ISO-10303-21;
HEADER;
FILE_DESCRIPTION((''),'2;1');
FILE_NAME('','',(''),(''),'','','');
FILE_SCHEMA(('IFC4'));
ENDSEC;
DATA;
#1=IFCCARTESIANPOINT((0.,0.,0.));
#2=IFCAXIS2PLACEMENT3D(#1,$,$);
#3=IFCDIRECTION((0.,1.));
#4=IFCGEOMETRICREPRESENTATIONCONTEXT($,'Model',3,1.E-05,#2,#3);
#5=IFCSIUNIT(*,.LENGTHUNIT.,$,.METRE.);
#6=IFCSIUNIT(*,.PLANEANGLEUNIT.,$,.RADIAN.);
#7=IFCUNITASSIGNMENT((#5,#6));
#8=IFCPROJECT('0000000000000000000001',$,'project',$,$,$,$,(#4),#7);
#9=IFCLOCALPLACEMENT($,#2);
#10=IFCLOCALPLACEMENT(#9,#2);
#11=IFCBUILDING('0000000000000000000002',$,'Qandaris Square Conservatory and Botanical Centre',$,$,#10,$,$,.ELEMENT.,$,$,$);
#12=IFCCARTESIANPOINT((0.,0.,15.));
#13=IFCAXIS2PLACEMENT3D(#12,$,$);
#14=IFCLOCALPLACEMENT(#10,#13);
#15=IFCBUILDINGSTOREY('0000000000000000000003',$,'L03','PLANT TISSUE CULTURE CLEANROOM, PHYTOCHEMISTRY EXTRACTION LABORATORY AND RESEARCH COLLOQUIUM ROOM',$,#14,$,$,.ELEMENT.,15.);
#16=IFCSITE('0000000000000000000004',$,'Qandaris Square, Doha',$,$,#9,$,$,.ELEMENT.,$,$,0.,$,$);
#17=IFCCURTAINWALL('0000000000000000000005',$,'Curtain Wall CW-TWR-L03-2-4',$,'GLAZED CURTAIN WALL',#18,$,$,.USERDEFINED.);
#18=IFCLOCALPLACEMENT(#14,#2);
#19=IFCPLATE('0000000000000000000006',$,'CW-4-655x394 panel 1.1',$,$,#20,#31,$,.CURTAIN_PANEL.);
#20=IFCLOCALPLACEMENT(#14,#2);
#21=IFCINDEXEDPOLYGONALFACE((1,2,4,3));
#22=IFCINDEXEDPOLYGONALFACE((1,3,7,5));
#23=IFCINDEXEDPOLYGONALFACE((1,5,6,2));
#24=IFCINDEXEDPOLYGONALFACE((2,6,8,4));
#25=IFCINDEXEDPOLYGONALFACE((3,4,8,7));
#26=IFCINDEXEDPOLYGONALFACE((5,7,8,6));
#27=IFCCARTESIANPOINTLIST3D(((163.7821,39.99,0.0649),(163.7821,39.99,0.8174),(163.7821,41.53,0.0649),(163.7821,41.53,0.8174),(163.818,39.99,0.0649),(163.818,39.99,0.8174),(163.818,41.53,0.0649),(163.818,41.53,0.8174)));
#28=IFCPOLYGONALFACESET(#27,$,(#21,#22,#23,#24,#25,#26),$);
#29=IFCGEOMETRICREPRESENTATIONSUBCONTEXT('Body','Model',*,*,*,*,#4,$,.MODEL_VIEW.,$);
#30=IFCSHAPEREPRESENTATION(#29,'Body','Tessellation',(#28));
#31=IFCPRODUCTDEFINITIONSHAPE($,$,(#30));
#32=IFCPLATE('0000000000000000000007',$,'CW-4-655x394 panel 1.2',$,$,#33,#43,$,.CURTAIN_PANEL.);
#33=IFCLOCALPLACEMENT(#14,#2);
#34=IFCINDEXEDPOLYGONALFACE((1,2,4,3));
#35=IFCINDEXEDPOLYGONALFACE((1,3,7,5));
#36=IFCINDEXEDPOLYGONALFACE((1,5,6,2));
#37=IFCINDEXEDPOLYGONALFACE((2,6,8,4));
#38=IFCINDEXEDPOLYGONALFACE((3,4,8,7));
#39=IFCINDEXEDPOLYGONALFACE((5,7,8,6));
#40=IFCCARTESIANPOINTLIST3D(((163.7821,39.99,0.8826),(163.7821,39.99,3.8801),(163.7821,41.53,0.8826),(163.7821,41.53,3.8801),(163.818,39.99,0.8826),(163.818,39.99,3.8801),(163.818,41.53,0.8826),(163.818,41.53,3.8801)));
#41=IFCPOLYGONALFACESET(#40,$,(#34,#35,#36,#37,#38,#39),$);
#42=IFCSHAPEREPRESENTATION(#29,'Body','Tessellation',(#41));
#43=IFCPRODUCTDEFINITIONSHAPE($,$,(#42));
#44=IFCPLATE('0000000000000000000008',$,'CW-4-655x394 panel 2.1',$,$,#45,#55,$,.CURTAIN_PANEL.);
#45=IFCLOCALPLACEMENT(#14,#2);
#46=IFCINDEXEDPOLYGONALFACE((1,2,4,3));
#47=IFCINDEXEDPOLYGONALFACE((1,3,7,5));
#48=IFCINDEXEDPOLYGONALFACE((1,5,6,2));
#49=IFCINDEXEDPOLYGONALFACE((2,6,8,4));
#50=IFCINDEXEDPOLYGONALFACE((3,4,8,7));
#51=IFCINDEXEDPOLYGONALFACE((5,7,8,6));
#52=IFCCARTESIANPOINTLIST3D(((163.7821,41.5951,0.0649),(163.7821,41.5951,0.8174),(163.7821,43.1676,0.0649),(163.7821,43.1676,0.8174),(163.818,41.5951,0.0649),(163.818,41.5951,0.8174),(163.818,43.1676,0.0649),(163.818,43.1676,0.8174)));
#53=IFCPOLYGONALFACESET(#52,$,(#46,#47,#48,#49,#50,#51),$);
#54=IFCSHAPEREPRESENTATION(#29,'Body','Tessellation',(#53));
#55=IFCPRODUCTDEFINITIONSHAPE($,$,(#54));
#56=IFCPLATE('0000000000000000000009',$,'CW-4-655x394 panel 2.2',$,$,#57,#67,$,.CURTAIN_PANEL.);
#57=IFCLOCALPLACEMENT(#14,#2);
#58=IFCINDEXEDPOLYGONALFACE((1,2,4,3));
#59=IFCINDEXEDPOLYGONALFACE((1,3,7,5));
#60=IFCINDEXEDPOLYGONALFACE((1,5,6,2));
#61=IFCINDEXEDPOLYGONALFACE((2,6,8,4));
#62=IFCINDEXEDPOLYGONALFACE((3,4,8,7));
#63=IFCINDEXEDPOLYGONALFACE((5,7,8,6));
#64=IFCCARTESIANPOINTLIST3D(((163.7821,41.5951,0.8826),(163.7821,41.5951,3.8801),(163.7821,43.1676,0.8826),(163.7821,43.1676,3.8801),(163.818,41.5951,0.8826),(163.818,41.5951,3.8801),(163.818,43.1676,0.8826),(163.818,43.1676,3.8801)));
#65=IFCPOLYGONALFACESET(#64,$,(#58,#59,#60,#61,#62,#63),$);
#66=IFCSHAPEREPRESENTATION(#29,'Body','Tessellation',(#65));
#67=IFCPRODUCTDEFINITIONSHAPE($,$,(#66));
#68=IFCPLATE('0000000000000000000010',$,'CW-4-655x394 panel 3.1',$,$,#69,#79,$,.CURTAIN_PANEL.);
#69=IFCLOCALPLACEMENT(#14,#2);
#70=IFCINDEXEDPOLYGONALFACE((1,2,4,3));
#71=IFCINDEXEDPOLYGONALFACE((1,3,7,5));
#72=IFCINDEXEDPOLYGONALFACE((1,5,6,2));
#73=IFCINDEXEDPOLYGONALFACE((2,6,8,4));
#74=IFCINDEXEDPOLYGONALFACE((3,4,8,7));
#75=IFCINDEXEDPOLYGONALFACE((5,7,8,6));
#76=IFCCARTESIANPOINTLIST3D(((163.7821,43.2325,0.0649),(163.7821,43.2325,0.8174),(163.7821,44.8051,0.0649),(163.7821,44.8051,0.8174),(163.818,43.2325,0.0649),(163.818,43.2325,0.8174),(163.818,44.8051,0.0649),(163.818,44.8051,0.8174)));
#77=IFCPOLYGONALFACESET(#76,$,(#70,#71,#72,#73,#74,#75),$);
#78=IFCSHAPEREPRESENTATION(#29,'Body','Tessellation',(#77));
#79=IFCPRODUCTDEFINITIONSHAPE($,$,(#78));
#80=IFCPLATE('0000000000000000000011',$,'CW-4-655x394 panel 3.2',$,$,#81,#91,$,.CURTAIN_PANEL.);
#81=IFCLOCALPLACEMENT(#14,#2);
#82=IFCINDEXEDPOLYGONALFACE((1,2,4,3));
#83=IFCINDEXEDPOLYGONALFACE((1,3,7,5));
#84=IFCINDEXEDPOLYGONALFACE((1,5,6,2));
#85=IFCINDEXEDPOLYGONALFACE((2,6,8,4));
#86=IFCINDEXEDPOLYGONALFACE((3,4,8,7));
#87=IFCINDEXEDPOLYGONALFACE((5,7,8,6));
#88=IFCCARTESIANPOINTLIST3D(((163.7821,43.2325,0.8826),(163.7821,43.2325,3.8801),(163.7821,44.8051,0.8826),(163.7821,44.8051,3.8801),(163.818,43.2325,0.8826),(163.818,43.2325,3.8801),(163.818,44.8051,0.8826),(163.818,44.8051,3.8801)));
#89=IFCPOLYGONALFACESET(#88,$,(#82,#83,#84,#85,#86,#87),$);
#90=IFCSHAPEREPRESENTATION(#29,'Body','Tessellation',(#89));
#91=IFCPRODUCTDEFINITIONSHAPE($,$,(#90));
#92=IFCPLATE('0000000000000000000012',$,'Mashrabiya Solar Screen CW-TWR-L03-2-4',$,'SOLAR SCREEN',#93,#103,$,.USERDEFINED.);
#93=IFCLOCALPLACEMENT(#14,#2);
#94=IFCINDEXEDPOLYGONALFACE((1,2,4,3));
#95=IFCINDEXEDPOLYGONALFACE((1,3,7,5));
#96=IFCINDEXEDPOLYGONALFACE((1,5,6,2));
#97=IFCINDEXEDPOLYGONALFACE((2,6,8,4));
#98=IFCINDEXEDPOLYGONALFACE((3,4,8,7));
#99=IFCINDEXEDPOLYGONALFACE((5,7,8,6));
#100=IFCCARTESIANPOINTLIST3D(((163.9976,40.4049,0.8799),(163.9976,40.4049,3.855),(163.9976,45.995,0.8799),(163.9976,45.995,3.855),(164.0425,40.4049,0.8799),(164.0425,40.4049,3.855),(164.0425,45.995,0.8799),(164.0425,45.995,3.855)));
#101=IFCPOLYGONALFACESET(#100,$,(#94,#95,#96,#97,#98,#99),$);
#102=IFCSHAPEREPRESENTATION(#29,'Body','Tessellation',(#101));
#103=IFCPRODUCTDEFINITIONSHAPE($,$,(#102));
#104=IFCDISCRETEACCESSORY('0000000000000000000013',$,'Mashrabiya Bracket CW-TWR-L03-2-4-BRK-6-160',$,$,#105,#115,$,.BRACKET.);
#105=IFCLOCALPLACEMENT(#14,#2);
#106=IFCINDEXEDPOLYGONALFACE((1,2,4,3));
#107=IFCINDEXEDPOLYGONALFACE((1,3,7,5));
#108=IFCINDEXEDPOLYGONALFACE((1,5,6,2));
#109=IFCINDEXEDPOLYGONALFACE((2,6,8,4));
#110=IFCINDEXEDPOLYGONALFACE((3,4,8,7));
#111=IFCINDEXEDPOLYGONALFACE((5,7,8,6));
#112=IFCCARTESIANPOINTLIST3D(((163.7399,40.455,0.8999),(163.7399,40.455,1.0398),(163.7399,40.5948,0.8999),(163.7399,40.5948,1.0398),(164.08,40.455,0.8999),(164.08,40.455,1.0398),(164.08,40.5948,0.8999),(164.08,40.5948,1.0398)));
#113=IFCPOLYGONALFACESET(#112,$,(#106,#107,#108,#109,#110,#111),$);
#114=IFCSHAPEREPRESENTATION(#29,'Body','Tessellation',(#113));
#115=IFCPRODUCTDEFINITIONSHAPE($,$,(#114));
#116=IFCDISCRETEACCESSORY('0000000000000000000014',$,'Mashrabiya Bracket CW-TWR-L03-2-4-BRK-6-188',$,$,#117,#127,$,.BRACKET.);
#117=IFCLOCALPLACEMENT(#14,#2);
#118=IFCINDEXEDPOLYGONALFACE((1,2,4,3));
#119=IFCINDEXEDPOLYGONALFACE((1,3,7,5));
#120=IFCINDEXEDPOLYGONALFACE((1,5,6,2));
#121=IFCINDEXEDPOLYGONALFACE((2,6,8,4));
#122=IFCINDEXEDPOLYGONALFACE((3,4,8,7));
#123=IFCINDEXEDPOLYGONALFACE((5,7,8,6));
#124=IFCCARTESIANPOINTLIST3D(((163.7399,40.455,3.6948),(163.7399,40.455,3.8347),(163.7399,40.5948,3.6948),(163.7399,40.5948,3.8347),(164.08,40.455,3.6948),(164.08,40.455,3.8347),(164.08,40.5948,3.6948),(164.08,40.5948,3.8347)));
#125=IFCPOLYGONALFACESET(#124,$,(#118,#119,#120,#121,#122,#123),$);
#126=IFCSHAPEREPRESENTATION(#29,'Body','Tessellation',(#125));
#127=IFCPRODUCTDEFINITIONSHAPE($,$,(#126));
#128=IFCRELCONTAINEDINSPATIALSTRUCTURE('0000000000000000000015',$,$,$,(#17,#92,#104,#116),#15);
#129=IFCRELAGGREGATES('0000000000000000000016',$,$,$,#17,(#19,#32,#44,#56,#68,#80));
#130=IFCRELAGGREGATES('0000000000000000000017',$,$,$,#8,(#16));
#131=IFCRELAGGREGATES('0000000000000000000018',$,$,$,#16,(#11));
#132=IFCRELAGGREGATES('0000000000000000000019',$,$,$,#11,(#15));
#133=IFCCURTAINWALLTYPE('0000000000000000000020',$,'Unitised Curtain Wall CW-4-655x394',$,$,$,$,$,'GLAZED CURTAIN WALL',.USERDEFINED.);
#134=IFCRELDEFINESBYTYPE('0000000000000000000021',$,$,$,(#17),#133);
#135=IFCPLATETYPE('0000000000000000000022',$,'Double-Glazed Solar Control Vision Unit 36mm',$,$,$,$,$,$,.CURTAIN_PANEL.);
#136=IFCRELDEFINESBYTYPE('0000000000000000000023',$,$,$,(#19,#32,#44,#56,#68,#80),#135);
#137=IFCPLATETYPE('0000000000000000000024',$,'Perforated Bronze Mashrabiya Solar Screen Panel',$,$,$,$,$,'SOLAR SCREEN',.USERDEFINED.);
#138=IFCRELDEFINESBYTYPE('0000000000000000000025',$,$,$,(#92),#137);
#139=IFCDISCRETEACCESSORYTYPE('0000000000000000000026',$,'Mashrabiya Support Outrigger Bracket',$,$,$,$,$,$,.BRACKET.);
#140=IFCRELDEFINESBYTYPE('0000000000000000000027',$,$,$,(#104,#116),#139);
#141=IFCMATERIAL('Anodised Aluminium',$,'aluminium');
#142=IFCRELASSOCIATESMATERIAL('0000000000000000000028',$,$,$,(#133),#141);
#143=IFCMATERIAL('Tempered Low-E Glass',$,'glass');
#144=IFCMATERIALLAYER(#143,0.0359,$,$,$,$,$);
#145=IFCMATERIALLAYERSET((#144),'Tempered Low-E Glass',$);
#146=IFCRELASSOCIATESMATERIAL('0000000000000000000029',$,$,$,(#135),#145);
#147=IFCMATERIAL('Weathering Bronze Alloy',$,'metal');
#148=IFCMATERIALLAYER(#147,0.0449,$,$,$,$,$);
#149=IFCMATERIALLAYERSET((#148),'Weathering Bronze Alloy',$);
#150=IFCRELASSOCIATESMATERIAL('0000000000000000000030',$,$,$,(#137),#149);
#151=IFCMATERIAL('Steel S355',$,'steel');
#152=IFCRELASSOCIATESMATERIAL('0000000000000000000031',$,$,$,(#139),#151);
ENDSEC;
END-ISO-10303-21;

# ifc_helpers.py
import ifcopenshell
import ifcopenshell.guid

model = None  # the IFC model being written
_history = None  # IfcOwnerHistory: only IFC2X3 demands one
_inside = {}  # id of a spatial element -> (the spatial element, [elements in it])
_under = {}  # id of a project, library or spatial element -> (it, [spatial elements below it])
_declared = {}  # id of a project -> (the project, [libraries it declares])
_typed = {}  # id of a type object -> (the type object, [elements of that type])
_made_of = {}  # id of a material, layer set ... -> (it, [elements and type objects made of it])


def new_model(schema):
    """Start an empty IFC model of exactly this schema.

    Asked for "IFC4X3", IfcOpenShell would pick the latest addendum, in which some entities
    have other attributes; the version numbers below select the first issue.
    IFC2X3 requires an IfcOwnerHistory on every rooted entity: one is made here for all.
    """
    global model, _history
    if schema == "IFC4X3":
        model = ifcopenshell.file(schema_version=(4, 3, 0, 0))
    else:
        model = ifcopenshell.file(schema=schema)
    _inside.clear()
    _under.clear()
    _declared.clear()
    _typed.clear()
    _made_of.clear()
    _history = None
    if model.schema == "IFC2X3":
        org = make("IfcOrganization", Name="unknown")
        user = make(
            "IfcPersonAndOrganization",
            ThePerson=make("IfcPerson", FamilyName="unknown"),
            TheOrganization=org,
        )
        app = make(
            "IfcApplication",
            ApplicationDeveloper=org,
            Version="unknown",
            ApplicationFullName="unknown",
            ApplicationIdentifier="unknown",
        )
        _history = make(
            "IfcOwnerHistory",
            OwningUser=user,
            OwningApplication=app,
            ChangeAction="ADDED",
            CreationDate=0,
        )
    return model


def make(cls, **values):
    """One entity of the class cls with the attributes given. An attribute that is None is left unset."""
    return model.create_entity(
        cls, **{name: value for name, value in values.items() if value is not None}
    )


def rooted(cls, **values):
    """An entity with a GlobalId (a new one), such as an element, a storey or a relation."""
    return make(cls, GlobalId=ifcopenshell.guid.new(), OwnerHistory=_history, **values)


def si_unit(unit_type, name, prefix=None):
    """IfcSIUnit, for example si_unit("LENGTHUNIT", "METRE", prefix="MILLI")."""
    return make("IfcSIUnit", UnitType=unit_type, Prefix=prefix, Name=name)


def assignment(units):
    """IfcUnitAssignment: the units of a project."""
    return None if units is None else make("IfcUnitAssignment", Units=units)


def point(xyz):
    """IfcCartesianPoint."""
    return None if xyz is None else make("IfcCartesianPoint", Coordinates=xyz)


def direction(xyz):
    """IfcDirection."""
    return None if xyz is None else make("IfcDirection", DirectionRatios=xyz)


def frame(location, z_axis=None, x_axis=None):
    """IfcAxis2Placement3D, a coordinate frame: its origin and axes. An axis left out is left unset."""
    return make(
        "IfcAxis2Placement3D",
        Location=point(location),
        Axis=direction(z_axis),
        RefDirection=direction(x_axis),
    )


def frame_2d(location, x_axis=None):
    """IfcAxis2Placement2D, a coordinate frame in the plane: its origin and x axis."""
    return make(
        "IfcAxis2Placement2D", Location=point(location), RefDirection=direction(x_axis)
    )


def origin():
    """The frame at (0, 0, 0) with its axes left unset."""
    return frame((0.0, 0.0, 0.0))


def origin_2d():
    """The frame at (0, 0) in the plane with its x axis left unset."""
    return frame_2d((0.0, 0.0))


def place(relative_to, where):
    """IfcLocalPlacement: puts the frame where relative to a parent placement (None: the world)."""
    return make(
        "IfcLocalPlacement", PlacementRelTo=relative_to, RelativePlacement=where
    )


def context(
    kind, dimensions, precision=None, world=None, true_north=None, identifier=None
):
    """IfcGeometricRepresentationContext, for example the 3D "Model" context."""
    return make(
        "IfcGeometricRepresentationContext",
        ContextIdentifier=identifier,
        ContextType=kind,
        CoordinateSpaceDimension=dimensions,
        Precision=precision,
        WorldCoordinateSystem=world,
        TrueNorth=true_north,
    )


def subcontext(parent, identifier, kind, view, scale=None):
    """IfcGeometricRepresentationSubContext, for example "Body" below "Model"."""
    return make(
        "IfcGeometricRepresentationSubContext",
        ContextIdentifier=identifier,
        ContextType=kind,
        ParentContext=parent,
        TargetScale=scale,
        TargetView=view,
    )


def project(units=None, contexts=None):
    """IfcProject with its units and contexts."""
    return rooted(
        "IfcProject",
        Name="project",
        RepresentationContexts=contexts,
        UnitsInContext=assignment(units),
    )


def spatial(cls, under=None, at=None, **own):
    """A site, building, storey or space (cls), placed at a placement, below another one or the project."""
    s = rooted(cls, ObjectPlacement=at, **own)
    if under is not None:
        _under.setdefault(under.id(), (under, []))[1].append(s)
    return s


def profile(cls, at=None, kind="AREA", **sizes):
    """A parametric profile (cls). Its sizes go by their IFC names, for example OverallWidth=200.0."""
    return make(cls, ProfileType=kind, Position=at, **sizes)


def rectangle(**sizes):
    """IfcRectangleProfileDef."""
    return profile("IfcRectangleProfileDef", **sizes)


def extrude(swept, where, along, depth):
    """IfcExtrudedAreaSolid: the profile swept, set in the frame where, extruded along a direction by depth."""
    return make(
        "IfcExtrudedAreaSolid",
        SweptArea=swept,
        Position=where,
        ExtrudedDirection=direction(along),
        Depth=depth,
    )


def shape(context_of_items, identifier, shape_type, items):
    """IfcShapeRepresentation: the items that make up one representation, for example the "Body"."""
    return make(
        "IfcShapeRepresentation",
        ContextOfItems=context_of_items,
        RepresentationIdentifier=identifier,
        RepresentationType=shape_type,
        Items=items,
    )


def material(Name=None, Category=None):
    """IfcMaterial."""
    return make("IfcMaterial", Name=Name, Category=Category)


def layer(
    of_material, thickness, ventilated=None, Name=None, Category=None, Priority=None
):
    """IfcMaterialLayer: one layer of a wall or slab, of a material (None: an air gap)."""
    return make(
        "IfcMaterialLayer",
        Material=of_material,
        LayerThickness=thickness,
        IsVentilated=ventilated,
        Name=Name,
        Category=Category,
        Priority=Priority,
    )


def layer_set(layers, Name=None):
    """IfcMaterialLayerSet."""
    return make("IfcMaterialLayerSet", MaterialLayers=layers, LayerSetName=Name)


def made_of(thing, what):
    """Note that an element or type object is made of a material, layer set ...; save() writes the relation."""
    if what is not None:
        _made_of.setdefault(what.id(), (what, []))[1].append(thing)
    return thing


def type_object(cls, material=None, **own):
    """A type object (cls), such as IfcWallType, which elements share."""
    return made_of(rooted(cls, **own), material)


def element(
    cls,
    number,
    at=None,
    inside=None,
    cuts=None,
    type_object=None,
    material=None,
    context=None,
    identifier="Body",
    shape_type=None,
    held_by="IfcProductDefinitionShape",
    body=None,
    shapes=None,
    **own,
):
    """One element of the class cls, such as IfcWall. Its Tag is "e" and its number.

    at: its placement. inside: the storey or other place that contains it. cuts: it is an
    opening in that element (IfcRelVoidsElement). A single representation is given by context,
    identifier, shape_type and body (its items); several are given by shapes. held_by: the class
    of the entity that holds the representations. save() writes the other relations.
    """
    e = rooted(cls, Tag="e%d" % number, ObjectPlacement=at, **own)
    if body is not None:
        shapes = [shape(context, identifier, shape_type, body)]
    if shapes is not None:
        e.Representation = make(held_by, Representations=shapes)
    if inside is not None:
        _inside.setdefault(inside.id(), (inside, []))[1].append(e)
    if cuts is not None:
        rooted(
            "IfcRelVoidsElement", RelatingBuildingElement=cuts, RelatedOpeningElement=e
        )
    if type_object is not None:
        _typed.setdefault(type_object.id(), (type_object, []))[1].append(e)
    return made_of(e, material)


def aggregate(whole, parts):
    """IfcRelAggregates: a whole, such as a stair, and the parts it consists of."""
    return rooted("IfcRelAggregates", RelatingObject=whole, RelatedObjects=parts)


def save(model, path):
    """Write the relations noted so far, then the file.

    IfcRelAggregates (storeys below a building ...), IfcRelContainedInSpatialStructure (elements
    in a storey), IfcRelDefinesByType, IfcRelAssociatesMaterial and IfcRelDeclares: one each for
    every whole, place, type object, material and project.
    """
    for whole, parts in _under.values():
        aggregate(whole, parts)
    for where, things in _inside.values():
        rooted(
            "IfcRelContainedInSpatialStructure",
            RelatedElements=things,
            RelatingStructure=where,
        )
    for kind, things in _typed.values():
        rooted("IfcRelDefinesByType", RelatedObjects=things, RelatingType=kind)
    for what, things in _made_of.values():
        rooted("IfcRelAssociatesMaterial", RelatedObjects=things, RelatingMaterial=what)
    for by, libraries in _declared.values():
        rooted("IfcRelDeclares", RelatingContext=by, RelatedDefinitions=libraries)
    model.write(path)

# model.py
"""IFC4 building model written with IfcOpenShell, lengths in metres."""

from ifc_helpers import new_model, si_unit, direction, frame, origin, origin_2d, place, context, subcontext, project, spatial, rectangle, extrude, material, layer, layer_set, type_object, element, aggregate, save


model = new_model("IFC4")

# Units and contexts
model_context = context("Model", 3, precision=1e-05, world=origin(), true_north=direction((0.0, 1.0)))
body_context = subcontext(model_context, "Body", "Model", "MODEL_VIEW")
ifc_project = project(units=[si_unit("LENGTHUNIT", "METRE"), si_unit("PLANEANGLEUNIT", "RADIAN")], contexts=[model_context])

# Site, building, storey
site_placement = place(None, origin())
site = spatial("IfcSite", under=ifc_project, at=site_placement, Name="Qandaris Square, Doha", CompositionType="ELEMENT", RefElevation=0.0)
building_placement = place(site_placement, origin())
building = spatial("IfcBuilding", under=site, at=building_placement, Name="Qandaris Square Conservatory and Botanical Centre", CompositionType="ELEMENT")
storey_placement = place(building_placement, frame((0.0, 0.0, 15.0)))
storey = spatial("IfcBuildingStorey", under=building, at=storey_placement, Name="L03", Description="PLANT TISSUE CULTURE CLEANROOM, PHYTOCHEMISTRY EXTRACTION LABORATORY AND RESEARCH COLLOQUIUM ROOM", CompositionType="ELEMENT", Elevation=15.0)

# Curtain wall
ifc_material_1 = material(Name="Anodised Aluminium", Category="aluminium")
curtain_wall_type = type_object("IfcCurtainWallType", Name="Unitised Curtain Wall CW-4-655x394", ElementType="GLAZED CURTAIN WALL", PredefinedType="USERDEFINED", material=ifc_material_1)
curtain_wall_placement = place(storey_placement, origin())
curtain_wall = element("IfcCurtainWall", 1, at=curtain_wall_placement, inside=storey, type_object=curtain_wall_type, Name="Curtain Wall CW-TWR-L03-2-4", ObjectType="GLAZED CURTAIN WALL", PredefinedType="USERDEFINED")

# Shared definitions
ifc_material_2 = material(Name="Steel S355", Category="steel")

# Plates
ifc_material_3 = material(Name="Tempered Low-E Glass", Category="glass")
ifc_layer_1 = layer(ifc_material_3, 0.0359)
ifc_layer_set_1 = layer_set([ifc_layer_1], Name="Tempered Low-E Glass")
plate_type_1 = type_object("IfcPlateType", Name="Double-Glazed Solar Control Vision Unit 36mm", PredefinedType="CURTAIN_PANEL", material=ifc_layer_set_1)
plate_1_placement = place(storey_placement, frame((163.8, 40.76, 0.0649), z_axis=(0.0, 0.0, 1.0), x_axis=(0.0, 1.0, 0.0)))
plate_1 = element("IfcPlate", 2, at=plate_1_placement, type_object=plate_type_1, Name="CW-4-655x394 panel 1.1", PredefinedType="CURTAIN_PANEL", context=body_context, shape_type="SweptSolid", body=[
    extrude(rectangle(XDim=1.54, YDim=0.0359, at=origin_2d()), origin(), (0.0, 0.0, 1.0), 0.7524),
])
plate_2_placement = place(storey_placement, frame((163.8, 40.76, 0.8826), z_axis=(0.0, 0.0, 1.0), x_axis=(0.0, 1.0, 0.0)))
plate_2 = element("IfcPlate", 3, at=plate_2_placement, type_object=plate_type_1, Name="CW-4-655x394 panel 1.2", PredefinedType="CURTAIN_PANEL", context=body_context, shape_type="SweptSolid", body=[
    extrude(rectangle(XDim=1.54, YDim=0.0359, at=origin_2d()), origin(), (0.0, 0.0, 1.0), 2.9976),
])
plate_3_placement = place(storey_placement, frame((163.8, 42.3813, 0.0649), z_axis=(0.0, 0.0, 1.0), x_axis=(0.0, 1.0, 0.0)))
plate_3 = element("IfcPlate", 4, at=plate_3_placement, type_object=plate_type_1, Name="CW-4-655x394 panel 2.1", PredefinedType="CURTAIN_PANEL", context=body_context, shape_type="SweptSolid", body=[
    extrude(rectangle(XDim=1.5725, YDim=0.0359, at=origin_2d()), origin(), (0.0, 0.0, 1.0), 0.7524),
])
plate_4_placement = place(storey_placement, frame((163.8, 42.3813, 0.8826), z_axis=(0.0, 0.0, 1.0), x_axis=(0.0, 1.0, 0.0)))
plate_4 = element("IfcPlate", 5, at=plate_4_placement, type_object=plate_type_1, Name="CW-4-655x394 panel 2.2", PredefinedType="CURTAIN_PANEL", context=body_context, shape_type="SweptSolid", body=[
    extrude(rectangle(XDim=1.5725, YDim=0.0359, at=origin_2d()), origin(), (0.0, 0.0, 1.0), 2.9976),
])
plate_5_placement = place(storey_placement, frame((163.8, 44.0188, 0.0649), z_axis=(0.0, 0.0, 1.0), x_axis=(0.0, 1.0, 0.0)))
plate_5 = element("IfcPlate", 6, at=plate_5_placement, type_object=plate_type_1, Name="CW-4-655x394 panel 3.1", PredefinedType="CURTAIN_PANEL", context=body_context, shape_type="SweptSolid", body=[
    extrude(rectangle(XDim=1.5725, YDim=0.0359, at=origin_2d()), origin(), (0.0, 0.0, 1.0), 0.7524),
])
plate_6_placement = place(storey_placement, frame((163.8, 44.0188, 0.8826), z_axis=(0.0, 0.0, 1.0), x_axis=(0.0, 1.0, 0.0)))
plate_6 = element("IfcPlate", 7, at=plate_6_placement, type_object=plate_type_1, Name="CW-4-655x394 panel 3.2", PredefinedType="CURTAIN_PANEL", context=body_context, shape_type="SweptSolid", body=[
    extrude(rectangle(XDim=1.5725, YDim=0.0359, at=origin_2d()), origin(), (0.0, 0.0, 1.0), 2.9976),
])
aggregate(curtain_wall, [plate_1, plate_2, plate_3, plate_4, plate_5, plate_6])
ifc_material_4 = material(Name="Weathering Bronze Alloy", Category="metal")
ifc_layer_2 = layer(ifc_material_4, 0.0449)
ifc_layer_set_2 = layer_set([ifc_layer_2], Name="Weathering Bronze Alloy")
plate_type_2 = type_object("IfcPlateType", Name="Perforated Bronze Mashrabiya Solar Screen Panel", ElementType="SOLAR SCREEN", PredefinedType="USERDEFINED", material=ifc_layer_set_2)
plate_7_placement = place(storey_placement, frame((164.02, 43.2, 0.8799), z_axis=(0.0, 0.0, 1.0), x_axis=(0.0, 1.0, 0.0)))
element("IfcPlate", 8, at=plate_7_placement, inside=storey, type_object=plate_type_2, Name="Mashrabiya Solar Screen CW-TWR-L03-2-4", ObjectType="SOLAR SCREEN", PredefinedType="USERDEFINED", context=body_context, shape_type="SweptSolid", body=[
    extrude(rectangle(XDim=5.5901, YDim=0.0449, at=origin_2d()), origin(), (0.0, 0.0, 1.0), 2.9751),
])

# Discrete accessories
discrete_accessory_type = type_object("IfcDiscreteAccessoryType", Name="Mashrabiya Support Outrigger Bracket", PredefinedType="BRACKET", material=ifc_material_2)
for number, where, z_axis, x_axis, name in (
    (9, (163.9099, 40.5249, 0.8999), (0.0, 0.0, 1.0), (0.0, 1.0, 0.0), "Mashrabiya Bracket CW-TWR-L03-2-4-BRK-6-160"),
    (10, (163.9099, 40.5249, 3.6948), (0.0, 0.0, 1.0), (0.0, 1.0, 0.0), "Mashrabiya Bracket CW-TWR-L03-2-4-BRK-6-188"),
):
    element("IfcDiscreteAccessory", number, at=place(storey_placement, frame(where, z_axis=z_axis, x_axis=x_axis)), inside=storey, type_object=discrete_accessory_type, Name=name, PredefinedType="BRACKET", context=body_context, shape_type="SweptSolid", body=[
        extrude(rectangle(XDim=0.1399, YDim=0.3401, at=origin_2d()), origin(), (0.0, 0.0, 1.0), 0.1399),
    ])

save(model, "model.ifc")
